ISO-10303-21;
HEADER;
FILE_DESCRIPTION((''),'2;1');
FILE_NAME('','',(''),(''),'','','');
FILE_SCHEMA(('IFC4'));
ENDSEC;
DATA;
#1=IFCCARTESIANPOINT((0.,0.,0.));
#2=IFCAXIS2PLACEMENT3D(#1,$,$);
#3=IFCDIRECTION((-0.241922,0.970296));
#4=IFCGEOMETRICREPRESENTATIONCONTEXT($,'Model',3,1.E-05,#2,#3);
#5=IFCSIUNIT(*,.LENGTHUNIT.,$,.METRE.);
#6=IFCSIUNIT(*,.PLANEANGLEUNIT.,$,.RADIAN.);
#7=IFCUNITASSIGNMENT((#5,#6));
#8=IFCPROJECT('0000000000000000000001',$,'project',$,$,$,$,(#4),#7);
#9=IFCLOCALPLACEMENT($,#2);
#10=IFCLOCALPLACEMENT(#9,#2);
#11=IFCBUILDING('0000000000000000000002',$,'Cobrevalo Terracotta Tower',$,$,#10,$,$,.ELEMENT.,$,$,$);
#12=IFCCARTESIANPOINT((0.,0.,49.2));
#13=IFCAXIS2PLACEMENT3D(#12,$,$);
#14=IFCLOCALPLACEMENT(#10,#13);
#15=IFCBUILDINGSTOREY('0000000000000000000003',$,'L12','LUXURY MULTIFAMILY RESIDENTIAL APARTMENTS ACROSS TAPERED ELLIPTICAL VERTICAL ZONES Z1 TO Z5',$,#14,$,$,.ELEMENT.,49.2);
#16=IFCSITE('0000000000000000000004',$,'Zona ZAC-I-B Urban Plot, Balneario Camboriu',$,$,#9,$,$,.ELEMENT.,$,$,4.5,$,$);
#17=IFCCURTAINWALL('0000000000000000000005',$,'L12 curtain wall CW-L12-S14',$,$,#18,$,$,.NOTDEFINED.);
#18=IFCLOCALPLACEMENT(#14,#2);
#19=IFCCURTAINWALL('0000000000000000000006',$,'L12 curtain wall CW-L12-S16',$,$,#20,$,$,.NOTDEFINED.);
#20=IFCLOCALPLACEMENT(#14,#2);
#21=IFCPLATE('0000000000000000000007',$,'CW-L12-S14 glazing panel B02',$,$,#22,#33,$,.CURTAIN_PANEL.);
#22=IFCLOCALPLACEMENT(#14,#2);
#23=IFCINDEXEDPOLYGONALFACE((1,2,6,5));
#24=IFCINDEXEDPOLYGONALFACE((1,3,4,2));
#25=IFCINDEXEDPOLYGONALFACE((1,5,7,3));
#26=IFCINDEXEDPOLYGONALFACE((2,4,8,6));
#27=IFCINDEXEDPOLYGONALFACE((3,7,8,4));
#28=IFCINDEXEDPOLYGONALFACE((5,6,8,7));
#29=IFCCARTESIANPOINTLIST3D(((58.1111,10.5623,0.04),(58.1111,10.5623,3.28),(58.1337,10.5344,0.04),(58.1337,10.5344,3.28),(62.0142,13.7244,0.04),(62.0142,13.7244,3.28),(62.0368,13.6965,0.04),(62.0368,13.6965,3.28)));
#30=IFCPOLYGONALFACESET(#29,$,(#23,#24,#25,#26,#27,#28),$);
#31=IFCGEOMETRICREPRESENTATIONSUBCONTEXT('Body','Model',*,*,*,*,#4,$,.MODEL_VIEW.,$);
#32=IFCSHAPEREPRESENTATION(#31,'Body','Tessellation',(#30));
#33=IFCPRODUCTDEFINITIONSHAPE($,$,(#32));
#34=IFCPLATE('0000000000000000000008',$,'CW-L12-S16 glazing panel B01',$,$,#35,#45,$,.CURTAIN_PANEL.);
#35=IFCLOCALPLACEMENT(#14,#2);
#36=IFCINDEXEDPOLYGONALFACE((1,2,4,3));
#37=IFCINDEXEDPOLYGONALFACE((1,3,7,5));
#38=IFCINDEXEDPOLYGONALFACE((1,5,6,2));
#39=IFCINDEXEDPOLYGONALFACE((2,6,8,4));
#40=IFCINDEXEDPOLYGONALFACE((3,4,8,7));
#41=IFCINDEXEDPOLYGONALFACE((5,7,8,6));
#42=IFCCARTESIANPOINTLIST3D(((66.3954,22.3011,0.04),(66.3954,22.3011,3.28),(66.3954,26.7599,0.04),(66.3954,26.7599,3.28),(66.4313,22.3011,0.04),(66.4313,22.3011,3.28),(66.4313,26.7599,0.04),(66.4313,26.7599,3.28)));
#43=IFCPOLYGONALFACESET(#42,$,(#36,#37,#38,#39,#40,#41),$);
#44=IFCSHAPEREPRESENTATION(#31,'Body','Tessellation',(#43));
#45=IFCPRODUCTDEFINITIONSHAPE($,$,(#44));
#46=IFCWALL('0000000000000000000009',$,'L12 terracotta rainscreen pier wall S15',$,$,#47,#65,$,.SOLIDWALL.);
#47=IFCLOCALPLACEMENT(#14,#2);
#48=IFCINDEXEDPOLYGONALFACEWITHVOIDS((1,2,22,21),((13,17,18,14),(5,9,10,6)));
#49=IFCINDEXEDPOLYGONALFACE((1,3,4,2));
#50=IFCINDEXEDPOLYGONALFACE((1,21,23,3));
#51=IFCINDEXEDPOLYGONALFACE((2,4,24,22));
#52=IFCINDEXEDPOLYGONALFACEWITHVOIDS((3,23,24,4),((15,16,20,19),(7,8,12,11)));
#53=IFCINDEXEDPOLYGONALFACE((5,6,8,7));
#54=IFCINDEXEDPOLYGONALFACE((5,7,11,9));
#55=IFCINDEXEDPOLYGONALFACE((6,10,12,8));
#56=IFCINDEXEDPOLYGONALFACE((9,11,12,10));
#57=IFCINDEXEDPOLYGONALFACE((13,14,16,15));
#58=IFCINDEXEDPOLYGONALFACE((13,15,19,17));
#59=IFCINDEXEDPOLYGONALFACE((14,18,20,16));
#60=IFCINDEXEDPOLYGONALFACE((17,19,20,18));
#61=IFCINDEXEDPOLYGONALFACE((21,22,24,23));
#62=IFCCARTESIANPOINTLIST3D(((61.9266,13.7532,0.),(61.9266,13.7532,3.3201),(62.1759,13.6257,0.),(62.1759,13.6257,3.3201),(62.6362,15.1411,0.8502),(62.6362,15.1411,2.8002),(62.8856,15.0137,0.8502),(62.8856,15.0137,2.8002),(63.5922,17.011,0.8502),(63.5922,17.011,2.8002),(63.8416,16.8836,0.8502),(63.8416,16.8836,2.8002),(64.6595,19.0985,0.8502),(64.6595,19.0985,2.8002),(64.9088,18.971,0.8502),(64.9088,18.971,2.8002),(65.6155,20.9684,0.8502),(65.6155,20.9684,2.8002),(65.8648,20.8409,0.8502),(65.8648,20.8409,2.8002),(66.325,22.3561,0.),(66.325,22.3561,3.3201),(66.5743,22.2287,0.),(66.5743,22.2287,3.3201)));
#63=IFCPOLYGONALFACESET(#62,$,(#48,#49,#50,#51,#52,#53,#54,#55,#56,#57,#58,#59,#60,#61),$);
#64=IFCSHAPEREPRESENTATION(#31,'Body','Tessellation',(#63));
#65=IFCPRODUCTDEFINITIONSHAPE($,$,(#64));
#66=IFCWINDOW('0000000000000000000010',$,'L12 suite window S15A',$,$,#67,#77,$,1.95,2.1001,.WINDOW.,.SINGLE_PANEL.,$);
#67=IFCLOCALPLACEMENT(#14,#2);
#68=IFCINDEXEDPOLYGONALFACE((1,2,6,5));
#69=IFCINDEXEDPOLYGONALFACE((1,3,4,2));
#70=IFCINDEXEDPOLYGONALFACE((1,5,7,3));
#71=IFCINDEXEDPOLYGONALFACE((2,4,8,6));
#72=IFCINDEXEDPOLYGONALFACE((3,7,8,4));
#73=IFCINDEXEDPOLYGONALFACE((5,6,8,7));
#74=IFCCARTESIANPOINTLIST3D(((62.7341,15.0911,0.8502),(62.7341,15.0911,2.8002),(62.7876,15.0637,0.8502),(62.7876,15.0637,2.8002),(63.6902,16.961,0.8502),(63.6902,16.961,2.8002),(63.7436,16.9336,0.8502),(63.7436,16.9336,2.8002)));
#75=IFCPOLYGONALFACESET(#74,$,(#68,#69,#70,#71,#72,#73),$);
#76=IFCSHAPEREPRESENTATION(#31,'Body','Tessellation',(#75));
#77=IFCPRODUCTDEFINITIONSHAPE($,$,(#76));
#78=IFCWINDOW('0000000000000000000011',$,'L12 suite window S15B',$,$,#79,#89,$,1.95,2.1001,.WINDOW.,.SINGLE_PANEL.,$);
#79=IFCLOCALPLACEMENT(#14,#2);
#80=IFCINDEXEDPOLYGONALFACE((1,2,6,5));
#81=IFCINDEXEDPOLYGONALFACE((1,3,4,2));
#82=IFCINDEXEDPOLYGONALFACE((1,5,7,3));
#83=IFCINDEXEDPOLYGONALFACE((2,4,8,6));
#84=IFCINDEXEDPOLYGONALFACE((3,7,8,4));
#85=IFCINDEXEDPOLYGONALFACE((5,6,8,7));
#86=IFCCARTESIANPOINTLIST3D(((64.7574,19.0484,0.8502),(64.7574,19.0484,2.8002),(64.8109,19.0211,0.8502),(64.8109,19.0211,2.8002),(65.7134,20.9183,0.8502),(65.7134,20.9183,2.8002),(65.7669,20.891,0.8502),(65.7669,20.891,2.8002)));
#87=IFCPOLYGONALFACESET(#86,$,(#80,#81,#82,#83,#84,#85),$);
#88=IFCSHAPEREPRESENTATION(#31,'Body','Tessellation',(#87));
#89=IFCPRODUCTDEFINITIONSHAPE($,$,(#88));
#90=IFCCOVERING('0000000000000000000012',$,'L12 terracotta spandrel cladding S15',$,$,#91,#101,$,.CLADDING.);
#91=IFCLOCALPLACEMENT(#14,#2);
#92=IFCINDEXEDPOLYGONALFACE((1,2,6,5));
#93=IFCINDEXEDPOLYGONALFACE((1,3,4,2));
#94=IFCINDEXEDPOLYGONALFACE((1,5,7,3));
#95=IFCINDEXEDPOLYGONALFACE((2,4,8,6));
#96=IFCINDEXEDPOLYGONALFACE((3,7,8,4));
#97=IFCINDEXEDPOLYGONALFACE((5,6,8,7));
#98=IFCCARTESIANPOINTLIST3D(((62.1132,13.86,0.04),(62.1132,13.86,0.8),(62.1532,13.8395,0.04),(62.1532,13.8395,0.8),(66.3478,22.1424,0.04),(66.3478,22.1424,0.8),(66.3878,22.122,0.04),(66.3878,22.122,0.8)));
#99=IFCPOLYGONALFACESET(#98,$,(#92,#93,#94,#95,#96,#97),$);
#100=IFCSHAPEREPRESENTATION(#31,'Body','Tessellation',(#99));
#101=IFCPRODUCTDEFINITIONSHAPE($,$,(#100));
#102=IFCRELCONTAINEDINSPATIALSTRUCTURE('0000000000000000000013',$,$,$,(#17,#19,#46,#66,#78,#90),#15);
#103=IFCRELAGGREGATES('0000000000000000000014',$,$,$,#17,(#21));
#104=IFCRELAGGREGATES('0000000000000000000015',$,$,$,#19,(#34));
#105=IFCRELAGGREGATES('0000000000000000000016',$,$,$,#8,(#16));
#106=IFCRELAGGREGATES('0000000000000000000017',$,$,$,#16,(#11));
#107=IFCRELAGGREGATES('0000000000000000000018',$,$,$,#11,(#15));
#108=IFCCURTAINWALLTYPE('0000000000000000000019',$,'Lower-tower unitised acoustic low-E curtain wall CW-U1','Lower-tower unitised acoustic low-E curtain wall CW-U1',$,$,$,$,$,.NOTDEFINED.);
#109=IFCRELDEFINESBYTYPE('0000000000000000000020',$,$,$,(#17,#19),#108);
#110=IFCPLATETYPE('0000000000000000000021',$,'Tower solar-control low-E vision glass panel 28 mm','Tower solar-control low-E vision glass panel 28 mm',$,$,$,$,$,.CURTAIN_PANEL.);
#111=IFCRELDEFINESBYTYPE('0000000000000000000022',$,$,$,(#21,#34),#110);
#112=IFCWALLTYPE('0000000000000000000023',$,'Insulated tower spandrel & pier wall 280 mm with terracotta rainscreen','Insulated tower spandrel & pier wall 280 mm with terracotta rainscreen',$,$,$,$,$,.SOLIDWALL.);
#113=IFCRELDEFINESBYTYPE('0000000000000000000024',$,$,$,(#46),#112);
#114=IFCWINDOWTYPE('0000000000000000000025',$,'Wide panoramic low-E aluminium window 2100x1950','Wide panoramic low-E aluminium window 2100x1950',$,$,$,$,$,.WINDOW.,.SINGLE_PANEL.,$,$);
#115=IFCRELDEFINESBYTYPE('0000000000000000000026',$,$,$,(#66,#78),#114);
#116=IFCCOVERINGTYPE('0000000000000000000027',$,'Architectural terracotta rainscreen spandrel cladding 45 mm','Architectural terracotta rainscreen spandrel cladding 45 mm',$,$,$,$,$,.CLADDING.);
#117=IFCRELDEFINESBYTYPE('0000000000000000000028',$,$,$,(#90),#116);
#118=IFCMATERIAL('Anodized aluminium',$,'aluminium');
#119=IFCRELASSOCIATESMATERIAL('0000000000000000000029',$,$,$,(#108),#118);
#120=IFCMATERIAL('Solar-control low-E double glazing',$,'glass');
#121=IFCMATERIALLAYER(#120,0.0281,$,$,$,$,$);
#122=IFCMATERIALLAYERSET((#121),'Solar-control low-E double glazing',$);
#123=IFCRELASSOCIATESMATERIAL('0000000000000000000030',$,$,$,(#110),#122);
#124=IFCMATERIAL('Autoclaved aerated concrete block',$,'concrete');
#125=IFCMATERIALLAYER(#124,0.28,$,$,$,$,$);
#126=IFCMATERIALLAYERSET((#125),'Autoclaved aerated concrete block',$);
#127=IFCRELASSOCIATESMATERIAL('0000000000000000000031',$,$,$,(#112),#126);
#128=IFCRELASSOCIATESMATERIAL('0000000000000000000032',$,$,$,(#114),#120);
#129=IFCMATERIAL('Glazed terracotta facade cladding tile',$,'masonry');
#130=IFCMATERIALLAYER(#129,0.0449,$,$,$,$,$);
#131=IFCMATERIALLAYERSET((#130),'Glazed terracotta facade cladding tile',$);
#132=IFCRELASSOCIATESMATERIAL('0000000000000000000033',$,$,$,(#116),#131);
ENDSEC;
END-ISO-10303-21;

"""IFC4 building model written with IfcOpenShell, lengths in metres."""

from ifc_helpers import new_model, si_unit, direction, frame, frame_2d, origin, origin_2d, place, context, subcontext, project, spatial, rectangle, extrude, source, transform, mapped, material, layer, layer_set, type_object, element, fill, aggregate, save


model = new_model("IFC4")

# Units and contexts
model_context = context("Model", 3, precision=1e-05, world=origin(), true_north=direction((-0.241922, 0.970296)))
body_context = subcontext(model_context, "Body", "Model", "MODEL_VIEW")
ifc_project = project(units=[si_unit("LENGTHUNIT", "METRE"), si_unit("PLANEANGLEUNIT", "RADIAN")], contexts=[model_context])

# Site, building, storey
site_placement = place(None, origin())
site = spatial("IfcSite", under=ifc_project, at=site_placement, Name="Zona ZAC-I-B Urban Plot, Balneario Camboriu", CompositionType="ELEMENT", RefElevation=4.5)
building_placement = place(site_placement, origin())
building = spatial("IfcBuilding", under=site, at=building_placement, Name="Cobrevalo Terracotta Tower", CompositionType="ELEMENT")
storey_placement = place(building_placement, frame((0.0, 0.0, 49.2)))
storey = spatial("IfcBuildingStorey", under=building, at=storey_placement, Name="L12", Description="LUXURY MULTIFAMILY RESIDENTIAL APARTMENTS ACROSS TAPERED ELLIPTICAL VERTICAL ZONES Z1 TO Z5", CompositionType="ELEMENT", Elevation=49.2)

# Curtain wall
ifc_material_1 = material(Name="Anodized aluminium", Category="aluminium")
curtain_wall_type = type_object("IfcCurtainWallType", Name="Lower-tower unitised acoustic low-E curtain wall CW-U1", Description="Lower-tower unitised acoustic low-E curtain wall CW-U1", PredefinedType="NOTDEFINED", material=ifc_material_1)
curtain_wall_1_placement = place(storey_placement, origin())
curtain_wall_1 = element("IfcCurtainWall", 1, at=curtain_wall_1_placement, inside=storey, type_object=curtain_wall_type, Name="L12 curtain wall CW-L12-S14", PredefinedType="NOTDEFINED")

# Curtain wall
curtain_wall_2_placement = place(storey_placement, origin())
curtain_wall_2 = element("IfcCurtainWall", 2, at=curtain_wall_2_placement, inside=storey, type_object=curtain_wall_type, Name="L12 curtain wall CW-L12-S16", PredefinedType="NOTDEFINED")

# Plates
ifc_material_2 = material(Name="Solar-control low-E double glazing", Category="glass")
ifc_layer_1 = layer(ifc_material_2, 0.0281)
ifc_layer_set_1 = layer_set([ifc_layer_1], Name="Solar-control low-E double glazing")
plate_type = type_object("IfcPlateType", Name="Tower solar-control low-E vision glass panel 28 mm", Description="Tower solar-control low-E vision glass panel 28 mm", PredefinedType="CURTAIN_PANEL", material=ifc_layer_set_1)
shared_shape_1 = source(origin(), body_context, "Body", "SweptSolid", [
    extrude(rectangle(XDim=5.0232, YDim=0.0359, at=origin_2d()), origin(), (0.0, 0.0, 1.0), 3.24),
])
plate_1_placement = place(storey_placement, frame((60.074, 12.1294, 0.04), z_axis=(0.0, 0.0, 1.0), x_axis=(0.777008, 0.629491, 0.0)))
plate_1 = element("IfcPlate", 3, at=plate_1_placement, type_object=plate_type, Name="CW-L12-S14 glazing panel B02", PredefinedType="CURTAIN_PANEL", context=body_context, shape_type="MappedRepresentation", body=[
    mapped(shared_shape_1, transform((0.0, 0.0, 0.0), scale=1.0)),
])
aggregate(curtain_wall_1, [plate_1])
shared_shape_2 = source(origin(), body_context, "Body", "SweptSolid", [
    extrude(rectangle(XDim=4.4587, YDim=0.0359, at=origin_2d()), origin(), (0.0, 0.0, 1.0), 3.24),
])
plate_2_placement = place(storey_placement, frame((66.4133, 24.5305, 0.04), z_axis=(0.0, 0.0, 1.0), x_axis=(0.0, 1.0, 0.0)))
plate_2 = element("IfcPlate", 4, at=plate_2_placement, type_object=plate_type, Name="CW-L12-S16 glazing panel B01", PredefinedType="CURTAIN_PANEL", context=body_context, shape_type="MappedRepresentation", body=[
    mapped(shared_shape_2, transform((0.0, 0.0, 0.0), scale=1.0)),
])
aggregate(curtain_wall_2, [plate_2])

# Wall, openings, windows
ifc_material_3 = material(Name="Autoclaved aerated concrete block", Category="concrete")
ifc_layer_2 = layer(ifc_material_3, 0.28)
ifc_layer_set_2 = layer_set([ifc_layer_2], Name="Autoclaved aerated concrete block")
wall_type = type_object("IfcWallType", Name="Insulated tower spandrel & pier wall 280 mm with terracotta rainscreen", Description="Insulated tower spandrel & pier wall 280 mm with terracotta rainscreen", PredefinedType="SOLIDWALL", material=ifc_layer_set_2)
wall_placement = place(storey_placement, frame((62.0513, 13.6895, 0.0), z_axis=(0.0, 0.0, 1.0), x_axis=(0.455221, 0.890379, 0.0)))
wall = element("IfcWall", 5, at=wall_placement, inside=storey, type_object=wall_type, Name="L12 terracotta rainscreen pier wall S15", PredefinedType="SOLIDWALL", context=body_context, shape_type="SweptSolid", body=[
    extrude(rectangle(XDim=9.6621, YDim=0.28, at=frame_2d((4.8311, 0.0))), origin(), (0.0, 0.0, 1.0), 3.3201),
])
opening_1_placement = place(wall_placement, frame((1.5588, 0.0, 0.8501)))
opening_1 = element("IfcOpeningElement", 6, at=opening_1_placement, cuts=wall, PredefinedType="OPENING", context=body_context, shape_type="SweptSolid", body=[
    extrude(rectangle(XDim=2.1001, YDim=1.95, at=frame_2d((1.05, 0.9751))), frame((0.0, 0.1499, 0.0), z_axis=(0.0, -1.0, 0.0), x_axis=(1.0, 0.0, 0.0)), (0.0, 0.0, 1.0), 0.3),
])
opening_2_placement = place(wall_placement, frame((6.0034, 0.0, 0.8501)))
opening_2 = element("IfcOpeningElement", 7, at=opening_2_placement, cuts=wall, PredefinedType="OPENING", context=body_context, shape_type="SweptSolid", body=[
    extrude(rectangle(XDim=2.1001, YDim=1.95, at=frame_2d((1.05, 0.9751))), frame((0.0, 0.1499, 0.0), z_axis=(0.0, -1.0, 0.0), x_axis=(1.0, 0.0, 0.0)), (0.0, 0.0, 1.0), 0.3),
])
window_type = type_object("IfcWindowType", Name="Wide panoramic low-E aluminium window 2100x1950", Description="Wide panoramic low-E aluminium window 2100x1950", PartitioningType="SINGLE_PANEL", PredefinedType="WINDOW", material=ifc_material_2)
shared_shape_3 = source(origin(), body_context, "Body", "SweptSolid", [
    extrude(rectangle(XDim=2.1001, YDim=1.95, at=frame_2d((1.05, 0.9751))), frame((0.0, 0.03, 0.0), z_axis=(0.0, -1.0, 0.0), x_axis=(1.0, 0.0, 0.0)), (0.0, 0.0, 1.0), 0.0601),
])
window_1_placement = place(opening_1_placement, origin())
window_1 = element("IfcWindow", 8, at=window_1_placement, inside=storey, type_object=window_type, Name="L12 suite window S15A", OverallHeight=1.95, OverallWidth=2.1001, PartitioningType="SINGLE_PANEL", PredefinedType="WINDOW", context=body_context, shape_type="MappedRepresentation", body=[
    mapped(shared_shape_3, transform((0.0, 0.0, 0.0), scale=1.0)),
])
fill(opening_1, window_1)
window_2_placement = place(opening_2_placement, origin())
window_2 = element("IfcWindow", 9, at=window_2_placement, inside=storey, type_object=window_type, Name="L12 suite window S15B", OverallHeight=1.95, OverallWidth=2.1001, PartitioningType="SINGLE_PANEL", PredefinedType="WINDOW", context=body_context, shape_type="MappedRepresentation", body=[
    mapped(shared_shape_3, transform((0.0, 0.0, 0.0), scale=1.0)),
])
fill(opening_2, window_2)

# Covering
ifc_material_4 = material(Name="Glazed terracotta facade cladding tile", Category="masonry")
ifc_layer_3 = layer(ifc_material_4, 0.0449)
ifc_layer_set_3 = layer_set([ifc_layer_3], Name="Glazed terracotta facade cladding tile")
covering_type = type_object("IfcCoveringType", Name="Architectural terracotta rainscreen spandrel cladding 45 mm", Description="Architectural terracotta rainscreen spandrel cladding 45 mm", PredefinedType="CLADDING", material=ifc_layer_set_3)
shared_shape_4 = source(origin(), body_context, "Body", "SweptSolid", [
    extrude(rectangle(XDim=9.3022, YDim=0.0449, at=origin_2d()), origin(), (0.0, 0.0, 1.0), 0.76),
])
covering_placement = place(storey_placement, frame((64.2505, 17.991, 0.04), z_axis=(0.0, 0.0, 1.0), x_axis=(0.455231, 0.890373, 0.0)))
element("IfcCovering", 10, at=covering_placement, inside=storey, type_object=covering_type, Name="L12 terracotta spandrel cladding S15", PredefinedType="CLADDING", context=body_context, shape_type="MappedRepresentation", body=[
    mapped(shared_shape_4, transform((0.0, 0.0, 0.0), scale=1.0)),
])

save(model, "model.ifc")
